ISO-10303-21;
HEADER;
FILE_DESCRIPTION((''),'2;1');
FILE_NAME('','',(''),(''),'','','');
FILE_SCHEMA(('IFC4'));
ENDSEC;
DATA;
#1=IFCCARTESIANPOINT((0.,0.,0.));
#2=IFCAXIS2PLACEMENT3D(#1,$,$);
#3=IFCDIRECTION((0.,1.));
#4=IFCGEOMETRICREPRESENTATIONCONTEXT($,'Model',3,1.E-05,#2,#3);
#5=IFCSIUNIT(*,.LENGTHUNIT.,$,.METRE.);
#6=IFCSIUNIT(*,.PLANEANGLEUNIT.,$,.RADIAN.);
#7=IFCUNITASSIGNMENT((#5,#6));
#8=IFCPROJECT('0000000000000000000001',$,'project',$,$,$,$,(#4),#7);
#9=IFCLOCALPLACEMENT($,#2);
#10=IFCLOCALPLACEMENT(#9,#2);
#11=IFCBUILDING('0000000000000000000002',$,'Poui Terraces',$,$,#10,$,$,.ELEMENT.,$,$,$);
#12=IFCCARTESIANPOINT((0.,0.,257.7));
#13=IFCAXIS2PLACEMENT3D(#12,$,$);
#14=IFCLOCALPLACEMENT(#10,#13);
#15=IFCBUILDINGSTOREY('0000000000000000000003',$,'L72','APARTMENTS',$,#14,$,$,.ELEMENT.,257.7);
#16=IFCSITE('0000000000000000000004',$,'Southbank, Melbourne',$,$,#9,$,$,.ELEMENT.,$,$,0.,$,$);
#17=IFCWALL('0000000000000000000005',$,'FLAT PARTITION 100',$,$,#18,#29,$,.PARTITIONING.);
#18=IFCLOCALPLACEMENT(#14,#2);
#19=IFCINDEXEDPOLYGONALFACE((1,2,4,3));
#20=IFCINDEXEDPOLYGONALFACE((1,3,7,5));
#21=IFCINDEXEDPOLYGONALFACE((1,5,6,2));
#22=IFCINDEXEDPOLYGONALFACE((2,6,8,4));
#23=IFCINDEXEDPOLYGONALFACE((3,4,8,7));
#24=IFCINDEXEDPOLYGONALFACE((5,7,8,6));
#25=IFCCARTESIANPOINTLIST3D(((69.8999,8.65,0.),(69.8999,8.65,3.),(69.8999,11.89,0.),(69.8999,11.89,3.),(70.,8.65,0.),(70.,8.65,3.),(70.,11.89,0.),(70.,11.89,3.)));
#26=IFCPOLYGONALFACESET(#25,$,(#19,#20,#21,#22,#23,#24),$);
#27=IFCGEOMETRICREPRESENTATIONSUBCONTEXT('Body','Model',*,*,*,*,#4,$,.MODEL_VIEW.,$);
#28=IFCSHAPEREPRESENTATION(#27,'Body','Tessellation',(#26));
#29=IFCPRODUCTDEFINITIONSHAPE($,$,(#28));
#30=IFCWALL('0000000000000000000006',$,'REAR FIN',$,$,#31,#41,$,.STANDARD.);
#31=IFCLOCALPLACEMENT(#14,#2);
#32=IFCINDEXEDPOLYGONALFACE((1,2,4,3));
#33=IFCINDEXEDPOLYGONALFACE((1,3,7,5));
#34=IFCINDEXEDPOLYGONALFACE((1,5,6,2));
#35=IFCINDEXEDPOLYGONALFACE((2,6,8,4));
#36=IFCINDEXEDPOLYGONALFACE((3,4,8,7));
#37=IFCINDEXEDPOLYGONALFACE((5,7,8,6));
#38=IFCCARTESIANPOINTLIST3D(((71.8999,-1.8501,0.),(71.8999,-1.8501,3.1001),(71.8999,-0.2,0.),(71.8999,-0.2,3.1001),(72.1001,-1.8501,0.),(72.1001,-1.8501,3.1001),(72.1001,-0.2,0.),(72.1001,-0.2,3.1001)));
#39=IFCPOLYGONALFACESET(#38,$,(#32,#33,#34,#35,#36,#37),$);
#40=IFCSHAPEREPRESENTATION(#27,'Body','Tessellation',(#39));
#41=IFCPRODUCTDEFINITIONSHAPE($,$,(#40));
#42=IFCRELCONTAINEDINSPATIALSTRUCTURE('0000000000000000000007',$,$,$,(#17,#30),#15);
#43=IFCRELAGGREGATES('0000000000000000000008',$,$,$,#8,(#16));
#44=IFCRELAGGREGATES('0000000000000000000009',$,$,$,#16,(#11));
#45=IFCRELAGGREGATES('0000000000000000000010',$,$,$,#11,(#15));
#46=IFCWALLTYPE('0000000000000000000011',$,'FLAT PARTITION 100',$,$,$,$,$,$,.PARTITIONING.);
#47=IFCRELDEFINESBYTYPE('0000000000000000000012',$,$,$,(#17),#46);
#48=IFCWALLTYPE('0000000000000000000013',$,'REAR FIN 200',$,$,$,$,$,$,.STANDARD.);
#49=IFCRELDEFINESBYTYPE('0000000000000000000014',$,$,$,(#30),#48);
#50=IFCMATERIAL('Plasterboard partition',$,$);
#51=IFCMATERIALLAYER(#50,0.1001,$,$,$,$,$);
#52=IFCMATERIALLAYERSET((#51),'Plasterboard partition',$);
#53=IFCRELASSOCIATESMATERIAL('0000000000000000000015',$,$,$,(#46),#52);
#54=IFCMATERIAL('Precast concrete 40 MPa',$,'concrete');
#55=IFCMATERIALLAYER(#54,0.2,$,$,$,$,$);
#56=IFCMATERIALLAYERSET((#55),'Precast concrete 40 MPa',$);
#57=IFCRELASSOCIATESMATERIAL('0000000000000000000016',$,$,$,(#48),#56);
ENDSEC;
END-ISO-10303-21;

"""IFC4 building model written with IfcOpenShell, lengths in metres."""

from ifc_helpers import new_model, si_unit, direction, frame, frame_2d, origin, place, context, subcontext, project, spatial, polyline, rectangle, outline, extrude, source, transform, mapped, material, layer, layer_set, type_object, element, save


model = new_model("IFC4")

# Units and contexts
model_context = context("Model", 3, precision=1e-05, world=origin(), true_north=direction((0.0, 1.0)))
body_context = subcontext(model_context, "Body", "Model", "MODEL_VIEW")
ifc_project = project(units=[si_unit("LENGTHUNIT", "METRE"), si_unit("PLANEANGLEUNIT", "RADIAN")], contexts=[model_context])

# Site, building, storey
site_placement = place(None, origin())
site = spatial("IfcSite", under=ifc_project, at=site_placement, Name="Southbank, Melbourne", CompositionType="ELEMENT", RefElevation=0.0)
building_placement = place(site_placement, origin())
building = spatial("IfcBuilding", under=site, at=building_placement, Name="Poui Terraces", CompositionType="ELEMENT")
storey_placement = place(building_placement, frame((0.0, 0.0, 257.7)))
storey = spatial("IfcBuildingStorey", under=building, at=storey_placement, Name="L72", Description="APARTMENTS", CompositionType="ELEMENT", Elevation=257.7)

# Shared definitions
ifc_material_1 = material(Name="Precast concrete 40 MPa", Category="concrete")

# Shared definitions
ifc_material_2 = material(Name="Plasterboard partition")
ifc_layer_1 = layer(ifc_material_2, 0.1001)
ifc_layer_set_1 = layer_set([ifc_layer_1], Name="Plasterboard partition")
wall_type_1 = type_object("IfcWallType", Name="FLAT PARTITION 100", PredefinedType="PARTITIONING", material=ifc_layer_set_1)

# Walls
wall_1_placement = place(storey_placement, frame((69.95, 8.6499, 0.0), z_axis=(0.0, 0.0, 1.0), x_axis=(0.0, 1.0, 0.0)))
element("IfcWall", 1, at=wall_1_placement, inside=storey, type_object=wall_type_1, Name="FLAT PARTITION 100", PredefinedType="PARTITIONING", context=body_context, shape_type="SweptSolid", body=[
    extrude(rectangle(XDim=3.24, YDim=0.1001, at=frame_2d((1.6201, 0.0))), origin(), (0.0, 0.0, 1.0), 3.0),
])
ifc_layer_2 = layer(ifc_material_1, 0.2)
ifc_layer_set_2 = layer_set([ifc_layer_2], Name="Precast concrete 40 MPa")
wall_type_2 = type_object("IfcWallType", Name="REAR FIN 200", PredefinedType="STANDARD", material=ifc_layer_set_2)
shared_shape_1 = source(origin(), body_context, "Body", "SweptSolid", [
    extrude(outline(polyline([(0.0, 0.0), (0.2002, 0.0), (0.2002, 1.6501), (0.0, 1.6501), (0.0, 0.0)])), origin(), (0.0, 0.0, 1.0), 3.1001),
])
wall_2_placement = place(storey_placement, frame((71.8999, -1.8501, 0.0)))
element("IfcWall", 2, at=wall_2_placement, inside=storey, type_object=wall_type_2, Name="REAR FIN", PredefinedType="STANDARD", context=body_context, shape_type="MappedRepresentation", body=[
    mapped(shared_shape_1, transform((0.0, 0.0, 0.0))),
])

save(model, "model.ifc")
